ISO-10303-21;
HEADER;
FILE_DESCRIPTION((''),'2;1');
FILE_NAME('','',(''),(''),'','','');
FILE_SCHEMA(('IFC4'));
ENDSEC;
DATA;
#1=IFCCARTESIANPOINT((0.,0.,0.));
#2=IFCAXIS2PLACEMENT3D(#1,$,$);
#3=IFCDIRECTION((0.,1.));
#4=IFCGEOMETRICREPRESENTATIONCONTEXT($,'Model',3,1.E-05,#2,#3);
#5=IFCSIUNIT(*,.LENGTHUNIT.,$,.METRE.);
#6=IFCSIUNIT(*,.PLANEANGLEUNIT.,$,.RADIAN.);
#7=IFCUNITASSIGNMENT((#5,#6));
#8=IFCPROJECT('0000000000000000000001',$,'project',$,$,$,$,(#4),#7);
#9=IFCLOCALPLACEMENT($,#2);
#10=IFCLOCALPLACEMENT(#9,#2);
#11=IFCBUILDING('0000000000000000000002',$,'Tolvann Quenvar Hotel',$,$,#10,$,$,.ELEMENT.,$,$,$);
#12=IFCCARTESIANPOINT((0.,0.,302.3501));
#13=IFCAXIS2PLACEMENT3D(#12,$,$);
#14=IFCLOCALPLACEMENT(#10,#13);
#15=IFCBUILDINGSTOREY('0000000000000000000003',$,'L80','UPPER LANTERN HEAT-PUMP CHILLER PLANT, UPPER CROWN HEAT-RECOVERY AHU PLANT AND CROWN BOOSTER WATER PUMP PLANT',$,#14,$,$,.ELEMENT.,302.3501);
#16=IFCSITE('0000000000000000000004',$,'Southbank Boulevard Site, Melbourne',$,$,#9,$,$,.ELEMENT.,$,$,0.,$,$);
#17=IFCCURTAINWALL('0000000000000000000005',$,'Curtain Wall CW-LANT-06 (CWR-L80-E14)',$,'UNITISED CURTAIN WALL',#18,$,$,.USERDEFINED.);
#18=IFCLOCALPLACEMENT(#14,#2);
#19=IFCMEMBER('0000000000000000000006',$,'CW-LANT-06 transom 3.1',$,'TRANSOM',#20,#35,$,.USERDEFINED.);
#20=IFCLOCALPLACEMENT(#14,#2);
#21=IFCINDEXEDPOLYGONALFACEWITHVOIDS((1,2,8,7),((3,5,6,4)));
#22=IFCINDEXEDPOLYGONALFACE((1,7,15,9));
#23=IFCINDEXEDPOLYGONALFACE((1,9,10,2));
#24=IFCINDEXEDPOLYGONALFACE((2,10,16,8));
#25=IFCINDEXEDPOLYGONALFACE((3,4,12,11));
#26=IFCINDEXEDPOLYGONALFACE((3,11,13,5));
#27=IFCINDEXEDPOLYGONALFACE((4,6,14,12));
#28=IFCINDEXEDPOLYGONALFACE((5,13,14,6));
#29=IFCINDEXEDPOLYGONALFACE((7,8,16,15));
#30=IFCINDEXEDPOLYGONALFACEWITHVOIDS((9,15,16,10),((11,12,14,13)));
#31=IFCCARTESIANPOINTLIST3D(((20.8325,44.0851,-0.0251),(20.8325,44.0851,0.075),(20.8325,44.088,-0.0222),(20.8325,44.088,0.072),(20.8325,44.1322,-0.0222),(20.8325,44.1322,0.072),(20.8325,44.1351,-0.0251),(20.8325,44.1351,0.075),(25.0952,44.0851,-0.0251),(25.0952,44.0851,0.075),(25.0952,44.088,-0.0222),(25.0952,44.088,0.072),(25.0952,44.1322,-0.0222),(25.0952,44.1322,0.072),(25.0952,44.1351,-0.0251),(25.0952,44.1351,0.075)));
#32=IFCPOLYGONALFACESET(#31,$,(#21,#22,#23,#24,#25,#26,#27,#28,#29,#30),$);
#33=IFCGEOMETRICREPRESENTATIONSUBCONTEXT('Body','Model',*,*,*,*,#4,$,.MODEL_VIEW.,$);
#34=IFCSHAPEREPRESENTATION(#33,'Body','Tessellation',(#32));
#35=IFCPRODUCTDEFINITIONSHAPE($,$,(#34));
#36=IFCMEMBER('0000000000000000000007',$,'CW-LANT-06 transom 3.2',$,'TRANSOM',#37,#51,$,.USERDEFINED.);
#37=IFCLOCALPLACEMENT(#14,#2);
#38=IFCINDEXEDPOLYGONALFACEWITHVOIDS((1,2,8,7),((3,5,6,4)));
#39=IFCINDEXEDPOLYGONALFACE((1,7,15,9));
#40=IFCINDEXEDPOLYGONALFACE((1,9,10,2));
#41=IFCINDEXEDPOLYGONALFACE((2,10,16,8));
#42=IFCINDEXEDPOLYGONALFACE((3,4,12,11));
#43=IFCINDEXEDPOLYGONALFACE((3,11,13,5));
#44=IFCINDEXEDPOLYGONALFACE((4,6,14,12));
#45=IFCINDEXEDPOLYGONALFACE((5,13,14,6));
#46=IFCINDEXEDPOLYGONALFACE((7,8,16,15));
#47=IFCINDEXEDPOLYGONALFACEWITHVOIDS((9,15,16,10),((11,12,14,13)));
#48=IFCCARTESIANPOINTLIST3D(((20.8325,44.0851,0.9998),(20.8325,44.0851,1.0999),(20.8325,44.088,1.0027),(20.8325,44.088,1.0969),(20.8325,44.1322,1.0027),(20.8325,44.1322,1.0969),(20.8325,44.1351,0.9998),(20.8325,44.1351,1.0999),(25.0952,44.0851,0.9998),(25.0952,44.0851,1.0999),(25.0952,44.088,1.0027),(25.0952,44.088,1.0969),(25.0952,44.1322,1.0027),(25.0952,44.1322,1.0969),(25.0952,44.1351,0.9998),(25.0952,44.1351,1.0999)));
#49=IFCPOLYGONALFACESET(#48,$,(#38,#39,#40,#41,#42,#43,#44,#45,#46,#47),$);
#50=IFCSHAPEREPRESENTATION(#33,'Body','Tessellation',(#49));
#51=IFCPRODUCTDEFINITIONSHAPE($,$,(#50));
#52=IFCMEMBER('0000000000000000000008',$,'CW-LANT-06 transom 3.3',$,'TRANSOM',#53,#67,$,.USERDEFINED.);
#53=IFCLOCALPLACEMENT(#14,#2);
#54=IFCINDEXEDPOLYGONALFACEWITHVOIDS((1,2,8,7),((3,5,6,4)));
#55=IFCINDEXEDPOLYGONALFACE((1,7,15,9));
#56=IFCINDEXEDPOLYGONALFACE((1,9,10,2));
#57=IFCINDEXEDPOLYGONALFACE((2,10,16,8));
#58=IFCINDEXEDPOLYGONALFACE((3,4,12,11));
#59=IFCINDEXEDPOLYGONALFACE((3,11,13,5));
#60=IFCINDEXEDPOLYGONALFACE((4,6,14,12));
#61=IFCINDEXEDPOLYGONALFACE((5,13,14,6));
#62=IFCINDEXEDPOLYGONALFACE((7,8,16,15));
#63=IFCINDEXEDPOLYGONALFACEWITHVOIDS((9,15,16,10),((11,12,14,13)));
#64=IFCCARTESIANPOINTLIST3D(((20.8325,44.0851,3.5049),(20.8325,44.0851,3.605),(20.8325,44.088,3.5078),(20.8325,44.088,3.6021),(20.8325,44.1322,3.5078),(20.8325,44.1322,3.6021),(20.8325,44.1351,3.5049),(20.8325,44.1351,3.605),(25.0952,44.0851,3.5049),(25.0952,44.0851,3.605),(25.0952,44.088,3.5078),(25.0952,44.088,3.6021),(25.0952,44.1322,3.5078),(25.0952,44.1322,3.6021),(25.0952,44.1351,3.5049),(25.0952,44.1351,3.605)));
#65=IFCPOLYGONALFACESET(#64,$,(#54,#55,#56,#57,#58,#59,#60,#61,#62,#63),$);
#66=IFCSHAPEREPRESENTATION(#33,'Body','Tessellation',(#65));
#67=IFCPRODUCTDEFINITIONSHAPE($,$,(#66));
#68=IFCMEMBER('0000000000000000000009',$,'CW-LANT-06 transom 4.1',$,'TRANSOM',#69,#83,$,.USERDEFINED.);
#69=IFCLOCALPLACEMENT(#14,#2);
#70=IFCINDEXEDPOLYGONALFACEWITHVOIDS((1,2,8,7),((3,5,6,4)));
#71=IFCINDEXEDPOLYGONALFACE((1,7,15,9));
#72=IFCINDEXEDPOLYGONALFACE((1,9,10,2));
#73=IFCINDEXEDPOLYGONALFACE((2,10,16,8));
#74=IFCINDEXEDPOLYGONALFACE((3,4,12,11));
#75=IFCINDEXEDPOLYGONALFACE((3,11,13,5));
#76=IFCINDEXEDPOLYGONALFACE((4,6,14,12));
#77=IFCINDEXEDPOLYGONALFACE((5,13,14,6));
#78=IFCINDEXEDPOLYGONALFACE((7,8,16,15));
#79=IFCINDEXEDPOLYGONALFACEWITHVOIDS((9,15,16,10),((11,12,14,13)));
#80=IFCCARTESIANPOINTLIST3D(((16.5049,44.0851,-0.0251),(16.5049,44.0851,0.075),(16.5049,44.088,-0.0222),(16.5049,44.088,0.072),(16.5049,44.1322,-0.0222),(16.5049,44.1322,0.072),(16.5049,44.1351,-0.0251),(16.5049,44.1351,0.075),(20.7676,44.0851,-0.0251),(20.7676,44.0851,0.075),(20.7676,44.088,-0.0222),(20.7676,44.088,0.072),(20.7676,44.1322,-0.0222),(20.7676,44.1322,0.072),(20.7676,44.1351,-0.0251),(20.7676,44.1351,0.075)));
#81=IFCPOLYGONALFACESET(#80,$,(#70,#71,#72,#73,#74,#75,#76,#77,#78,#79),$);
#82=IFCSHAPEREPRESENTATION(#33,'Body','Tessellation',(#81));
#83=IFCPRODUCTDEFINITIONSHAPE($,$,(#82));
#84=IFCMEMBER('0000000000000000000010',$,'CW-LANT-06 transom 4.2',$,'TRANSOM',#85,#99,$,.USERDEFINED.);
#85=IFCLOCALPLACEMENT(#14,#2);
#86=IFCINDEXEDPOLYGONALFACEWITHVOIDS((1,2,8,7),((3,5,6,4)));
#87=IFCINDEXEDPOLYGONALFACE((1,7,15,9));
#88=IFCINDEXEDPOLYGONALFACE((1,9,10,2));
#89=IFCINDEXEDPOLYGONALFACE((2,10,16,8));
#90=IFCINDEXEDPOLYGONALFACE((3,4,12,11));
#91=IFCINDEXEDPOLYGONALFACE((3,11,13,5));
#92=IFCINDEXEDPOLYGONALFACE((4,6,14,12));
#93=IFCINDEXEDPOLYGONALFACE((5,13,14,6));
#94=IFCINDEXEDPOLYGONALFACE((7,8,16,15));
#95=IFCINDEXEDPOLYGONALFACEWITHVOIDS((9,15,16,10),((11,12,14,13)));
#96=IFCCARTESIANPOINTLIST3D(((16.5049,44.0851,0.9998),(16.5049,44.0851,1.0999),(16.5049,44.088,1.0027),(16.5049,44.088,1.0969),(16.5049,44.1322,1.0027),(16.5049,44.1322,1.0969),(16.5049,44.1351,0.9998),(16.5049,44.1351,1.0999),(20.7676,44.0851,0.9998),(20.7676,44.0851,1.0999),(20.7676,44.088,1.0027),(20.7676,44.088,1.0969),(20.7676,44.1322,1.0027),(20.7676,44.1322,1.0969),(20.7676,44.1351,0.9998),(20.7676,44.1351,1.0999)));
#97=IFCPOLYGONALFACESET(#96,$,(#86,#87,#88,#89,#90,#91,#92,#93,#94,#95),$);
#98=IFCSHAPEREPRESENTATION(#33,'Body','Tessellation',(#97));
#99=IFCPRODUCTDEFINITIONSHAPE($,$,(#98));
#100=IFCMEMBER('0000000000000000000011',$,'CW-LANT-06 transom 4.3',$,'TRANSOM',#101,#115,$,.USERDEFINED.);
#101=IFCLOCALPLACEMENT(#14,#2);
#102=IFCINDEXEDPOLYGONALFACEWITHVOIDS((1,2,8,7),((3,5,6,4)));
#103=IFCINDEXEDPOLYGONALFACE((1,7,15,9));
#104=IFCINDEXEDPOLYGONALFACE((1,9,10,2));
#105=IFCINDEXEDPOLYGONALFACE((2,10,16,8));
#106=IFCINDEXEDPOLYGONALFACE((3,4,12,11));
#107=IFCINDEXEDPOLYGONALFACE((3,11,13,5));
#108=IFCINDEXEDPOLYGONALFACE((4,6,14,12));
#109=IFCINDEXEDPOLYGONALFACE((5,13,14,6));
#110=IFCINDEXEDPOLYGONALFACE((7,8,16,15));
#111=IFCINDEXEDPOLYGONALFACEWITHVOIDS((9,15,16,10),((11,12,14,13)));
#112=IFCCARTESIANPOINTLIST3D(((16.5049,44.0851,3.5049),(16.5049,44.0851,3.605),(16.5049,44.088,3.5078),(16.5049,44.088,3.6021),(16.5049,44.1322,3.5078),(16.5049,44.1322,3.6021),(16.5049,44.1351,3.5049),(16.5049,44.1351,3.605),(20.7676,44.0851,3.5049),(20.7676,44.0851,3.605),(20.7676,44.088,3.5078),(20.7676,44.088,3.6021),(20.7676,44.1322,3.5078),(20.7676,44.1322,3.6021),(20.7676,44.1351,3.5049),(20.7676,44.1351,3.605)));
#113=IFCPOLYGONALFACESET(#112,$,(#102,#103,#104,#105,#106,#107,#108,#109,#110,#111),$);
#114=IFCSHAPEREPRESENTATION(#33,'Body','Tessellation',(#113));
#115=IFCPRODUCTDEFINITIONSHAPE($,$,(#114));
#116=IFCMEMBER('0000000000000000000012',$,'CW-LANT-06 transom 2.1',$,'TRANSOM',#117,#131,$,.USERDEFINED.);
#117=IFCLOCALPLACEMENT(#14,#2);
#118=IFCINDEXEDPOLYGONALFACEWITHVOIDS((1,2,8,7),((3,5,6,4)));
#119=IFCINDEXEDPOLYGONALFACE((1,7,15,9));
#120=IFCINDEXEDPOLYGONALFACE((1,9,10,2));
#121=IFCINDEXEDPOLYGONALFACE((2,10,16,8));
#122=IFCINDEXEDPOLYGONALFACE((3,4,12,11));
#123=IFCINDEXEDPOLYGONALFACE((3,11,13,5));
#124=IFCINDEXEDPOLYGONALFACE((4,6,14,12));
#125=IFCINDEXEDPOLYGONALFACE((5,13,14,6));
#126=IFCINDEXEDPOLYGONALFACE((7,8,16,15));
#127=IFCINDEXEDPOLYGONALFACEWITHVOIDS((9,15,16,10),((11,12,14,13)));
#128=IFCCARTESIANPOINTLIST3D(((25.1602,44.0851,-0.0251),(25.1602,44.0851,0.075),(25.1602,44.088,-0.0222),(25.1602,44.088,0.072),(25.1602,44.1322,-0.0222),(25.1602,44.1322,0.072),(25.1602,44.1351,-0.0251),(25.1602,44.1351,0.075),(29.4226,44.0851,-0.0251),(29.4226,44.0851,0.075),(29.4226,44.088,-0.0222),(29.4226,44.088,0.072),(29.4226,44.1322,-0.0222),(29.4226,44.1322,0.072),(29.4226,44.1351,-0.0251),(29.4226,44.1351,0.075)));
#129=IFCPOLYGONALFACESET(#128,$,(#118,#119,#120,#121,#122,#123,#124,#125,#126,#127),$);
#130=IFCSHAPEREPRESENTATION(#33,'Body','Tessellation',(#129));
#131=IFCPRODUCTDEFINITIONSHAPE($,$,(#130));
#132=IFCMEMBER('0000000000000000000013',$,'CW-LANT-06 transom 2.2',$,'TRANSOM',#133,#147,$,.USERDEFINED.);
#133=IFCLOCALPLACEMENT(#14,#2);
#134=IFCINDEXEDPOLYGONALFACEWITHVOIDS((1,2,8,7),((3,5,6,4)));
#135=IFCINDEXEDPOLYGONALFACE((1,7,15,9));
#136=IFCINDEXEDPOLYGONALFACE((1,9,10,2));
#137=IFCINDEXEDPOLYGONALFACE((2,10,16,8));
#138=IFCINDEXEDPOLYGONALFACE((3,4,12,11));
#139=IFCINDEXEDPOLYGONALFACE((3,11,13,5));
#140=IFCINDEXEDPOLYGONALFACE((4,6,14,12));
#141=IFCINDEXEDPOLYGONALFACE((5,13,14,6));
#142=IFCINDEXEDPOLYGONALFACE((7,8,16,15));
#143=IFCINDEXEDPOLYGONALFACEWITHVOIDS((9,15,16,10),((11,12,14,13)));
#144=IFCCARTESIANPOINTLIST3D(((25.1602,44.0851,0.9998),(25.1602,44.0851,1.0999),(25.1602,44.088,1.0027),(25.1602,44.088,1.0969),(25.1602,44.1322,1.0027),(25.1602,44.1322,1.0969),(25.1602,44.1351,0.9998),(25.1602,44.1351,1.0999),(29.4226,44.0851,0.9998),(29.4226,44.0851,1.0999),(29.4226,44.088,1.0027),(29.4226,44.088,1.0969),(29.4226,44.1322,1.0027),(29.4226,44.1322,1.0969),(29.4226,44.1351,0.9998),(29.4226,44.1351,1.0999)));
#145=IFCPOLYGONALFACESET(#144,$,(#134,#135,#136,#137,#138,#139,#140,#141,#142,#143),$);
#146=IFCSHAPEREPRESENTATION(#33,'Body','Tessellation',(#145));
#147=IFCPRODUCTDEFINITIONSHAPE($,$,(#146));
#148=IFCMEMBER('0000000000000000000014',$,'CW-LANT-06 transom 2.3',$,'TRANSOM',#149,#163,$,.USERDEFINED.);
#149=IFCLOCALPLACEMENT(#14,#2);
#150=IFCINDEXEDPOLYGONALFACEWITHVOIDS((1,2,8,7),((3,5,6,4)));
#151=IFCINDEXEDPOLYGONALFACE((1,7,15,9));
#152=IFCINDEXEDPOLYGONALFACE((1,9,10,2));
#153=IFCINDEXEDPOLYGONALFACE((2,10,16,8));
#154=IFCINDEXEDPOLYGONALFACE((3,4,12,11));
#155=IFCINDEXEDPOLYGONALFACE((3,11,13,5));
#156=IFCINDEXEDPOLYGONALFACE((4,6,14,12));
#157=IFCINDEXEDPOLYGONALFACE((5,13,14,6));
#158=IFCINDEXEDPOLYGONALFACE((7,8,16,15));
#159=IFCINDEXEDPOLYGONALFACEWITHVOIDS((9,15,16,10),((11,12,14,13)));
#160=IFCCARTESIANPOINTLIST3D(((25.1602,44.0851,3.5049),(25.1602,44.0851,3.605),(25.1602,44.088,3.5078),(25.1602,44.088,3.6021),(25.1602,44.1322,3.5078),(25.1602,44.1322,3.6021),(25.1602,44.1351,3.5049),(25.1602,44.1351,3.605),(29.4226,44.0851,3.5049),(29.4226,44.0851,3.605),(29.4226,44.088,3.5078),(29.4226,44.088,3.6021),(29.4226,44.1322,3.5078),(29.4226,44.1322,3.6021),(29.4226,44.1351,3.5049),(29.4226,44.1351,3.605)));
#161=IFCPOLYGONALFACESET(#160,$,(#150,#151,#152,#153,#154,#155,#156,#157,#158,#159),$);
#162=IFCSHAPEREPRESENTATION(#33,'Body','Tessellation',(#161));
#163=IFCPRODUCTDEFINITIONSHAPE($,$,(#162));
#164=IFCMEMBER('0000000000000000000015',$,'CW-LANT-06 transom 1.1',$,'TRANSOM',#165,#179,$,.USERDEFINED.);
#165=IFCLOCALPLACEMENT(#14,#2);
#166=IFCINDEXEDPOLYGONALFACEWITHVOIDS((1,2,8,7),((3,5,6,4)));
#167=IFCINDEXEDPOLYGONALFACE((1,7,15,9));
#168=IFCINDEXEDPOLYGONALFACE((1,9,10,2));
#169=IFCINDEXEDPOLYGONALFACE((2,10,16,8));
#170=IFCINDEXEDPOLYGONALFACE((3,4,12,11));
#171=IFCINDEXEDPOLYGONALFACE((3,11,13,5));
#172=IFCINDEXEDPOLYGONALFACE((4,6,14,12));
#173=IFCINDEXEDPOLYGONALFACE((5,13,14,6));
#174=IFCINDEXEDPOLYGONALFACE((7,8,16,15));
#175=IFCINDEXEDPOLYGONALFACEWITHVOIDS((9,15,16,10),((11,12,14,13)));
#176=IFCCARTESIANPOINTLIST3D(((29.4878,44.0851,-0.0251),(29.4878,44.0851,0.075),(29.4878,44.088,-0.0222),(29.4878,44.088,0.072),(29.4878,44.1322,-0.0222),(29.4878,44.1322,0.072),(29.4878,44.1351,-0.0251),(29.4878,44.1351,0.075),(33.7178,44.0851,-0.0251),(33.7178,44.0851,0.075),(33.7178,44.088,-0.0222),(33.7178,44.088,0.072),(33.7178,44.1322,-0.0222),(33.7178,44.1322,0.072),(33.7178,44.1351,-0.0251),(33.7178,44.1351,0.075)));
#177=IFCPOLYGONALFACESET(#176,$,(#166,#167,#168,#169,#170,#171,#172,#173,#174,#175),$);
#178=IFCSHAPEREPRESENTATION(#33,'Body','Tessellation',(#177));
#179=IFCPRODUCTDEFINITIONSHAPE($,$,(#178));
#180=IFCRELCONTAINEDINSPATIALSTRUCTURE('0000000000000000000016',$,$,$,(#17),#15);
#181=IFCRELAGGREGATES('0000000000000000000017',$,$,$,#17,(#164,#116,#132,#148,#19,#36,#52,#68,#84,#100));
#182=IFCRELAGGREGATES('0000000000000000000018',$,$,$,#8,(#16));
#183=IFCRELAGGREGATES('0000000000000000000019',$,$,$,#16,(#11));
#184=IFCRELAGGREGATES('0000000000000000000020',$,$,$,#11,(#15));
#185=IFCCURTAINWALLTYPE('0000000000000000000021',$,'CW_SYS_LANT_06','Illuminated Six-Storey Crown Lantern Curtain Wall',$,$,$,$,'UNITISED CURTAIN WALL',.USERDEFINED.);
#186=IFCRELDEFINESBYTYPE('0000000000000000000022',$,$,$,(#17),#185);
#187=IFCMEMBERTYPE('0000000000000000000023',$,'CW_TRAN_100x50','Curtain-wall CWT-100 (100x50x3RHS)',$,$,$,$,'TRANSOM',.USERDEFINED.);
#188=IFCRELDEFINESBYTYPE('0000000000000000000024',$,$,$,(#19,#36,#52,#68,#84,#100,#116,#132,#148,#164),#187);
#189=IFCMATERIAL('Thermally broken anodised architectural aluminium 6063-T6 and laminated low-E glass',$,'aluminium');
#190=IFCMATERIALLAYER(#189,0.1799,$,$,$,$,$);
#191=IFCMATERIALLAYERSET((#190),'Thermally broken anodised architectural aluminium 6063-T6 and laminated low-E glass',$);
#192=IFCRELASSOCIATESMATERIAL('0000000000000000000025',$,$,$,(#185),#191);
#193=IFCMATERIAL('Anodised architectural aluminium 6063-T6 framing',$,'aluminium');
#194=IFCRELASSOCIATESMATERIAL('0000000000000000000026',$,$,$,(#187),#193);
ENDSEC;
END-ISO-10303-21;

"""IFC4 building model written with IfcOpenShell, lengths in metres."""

from ifc_helpers import new_model, si_unit, direction, frame, origin, origin_2d, place, context, subcontext, project, spatial, hollow_rectangle, extrude, source, transform, mapped, material, layer, layer_set, material_profile, profile_set, type_object, type_shapes, element, aggregate, save


model = new_model("IFC4")

# Units and contexts
model_context = context("Model", 3, precision=1e-05, world=origin(), true_north=direction((0.0, 1.0)))
body_context = subcontext(model_context, "Body", "Model", "MODEL_VIEW")
ifc_project = project(units=[si_unit("LENGTHUNIT", "METRE"), si_unit("PLANEANGLEUNIT", "RADIAN")], contexts=[model_context])

# Site, building, storey
site_placement = place(None, origin())
site = spatial("IfcSite", under=ifc_project, at=site_placement, Name="Southbank Boulevard Site, Melbourne", CompositionType="ELEMENT", RefElevation=0.0)
building_placement = place(site_placement, origin())
building = spatial("IfcBuilding", under=site, at=building_placement, Name="Tolvann Quenvar Hotel", CompositionType="ELEMENT")
storey_placement = place(building_placement, frame((0.0, 0.0, 302.3501)))
storey = spatial("IfcBuildingStorey", under=building, at=storey_placement, Name="L80", Description="UPPER LANTERN HEAT-PUMP CHILLER PLANT, UPPER CROWN HEAT-RECOVERY AHU PLANT AND CROWN BOOSTER WATER PUMP PLANT", CompositionType="ELEMENT", Elevation=302.3501)

# Curtain wall, members
ifc_material_1 = material(Name="Thermally broken anodised architectural aluminium 6063-T6 and laminated low-E glass", Category="aluminium")
ifc_layer_1 = layer(ifc_material_1, 0.1799)
ifc_layer_set_1 = layer_set([ifc_layer_1], Name="Thermally broken anodised architectural aluminium 6063-T6 and laminated low-E glass")
curtain_wall_type = type_object("IfcCurtainWallType", Name="CW_SYS_LANT_06", Description="Illuminated Six-Storey Crown Lantern Curtain Wall", ElementType="UNITISED CURTAIN WALL", PredefinedType="USERDEFINED", material=ifc_layer_set_1)
curtain_wall_1_placement = place(storey_placement, origin())
curtain_wall_1 = element("IfcCurtainWall", 1, at=curtain_wall_1_placement, inside=storey, type_object=curtain_wall_type, Name="Curtain Wall CW-LANT-06 (CWR-L80-E14)", ObjectType="UNITISED CURTAIN WALL", PredefinedType="USERDEFINED")
ifc_material_2 = material(Name="Anodised architectural aluminium 6063-T6 framing", Category="aluminium")
ifc_material_profile_1 = material_profile(ifc_material_2, hollow_rectangle(XDim=0.05, YDim=0.1001, WallThickness=0.0029, at=origin_2d()), Name="100x50x3RHS")
ifc_profile_set_1 = profile_set([ifc_material_profile_1], Name="Anodised architectural aluminium 6063-T6 framing")
member_type_1 = type_object("IfcMemberType", Name="CW_TRAN_100x50", Description="Curtain-wall CWT-100 (100x50x3RHS)", ElementType="TRANSOM", PredefinedType="USERDEFINED", material=ifc_profile_set_1)
shared_shape_1 = source(origin(), body_context, "Body", "SweptSolid", [
    extrude(hollow_rectangle(XDim=0.05, YDim=0.1001, WallThickness=0.0029, at=origin_2d()), origin(), (0.0, 0.0, 1.0), 4.2627),
])
member_1_placement = place(storey_placement, frame((25.0952, 44.1101, 0.0249), z_axis=(-1.0, 0.0, 0.0), x_axis=(0.0, -1.0, 0.0)))
member_1 = element("IfcMember", 2, at=member_1_placement, type_object=member_type_1, Name="CW-LANT-06 transom 3.1", ObjectType="TRANSOM", PredefinedType="USERDEFINED", context=body_context, shape_type="MappedRepresentation", body=[
    mapped(shared_shape_1, transform((0.0, 0.0, 0.0), x_axis=(1.0, 0.0, 0.0), y_axis=(0.0, 1.0, 0.0), z_axis=(0.0, 0.0, 1.0), scale=1.0)),
])
member_2_placement = place(storey_placement, frame((25.0952, 44.1101, 1.0498), z_axis=(-1.0, 0.0, 0.0), x_axis=(0.0, -1.0, 0.0)))
member_2 = element("IfcMember", 3, at=member_2_placement, type_object=member_type_1, Name="CW-LANT-06 transom 3.2", ObjectType="TRANSOM", PredefinedType="USERDEFINED", context=body_context, shape_type="MappedRepresentation", body=[
    mapped(shared_shape_1, transform((0.0, 0.0, 0.0), x_axis=(1.0, 0.0, 0.0), y_axis=(0.0, 1.0, 0.0), z_axis=(0.0, 0.0, 1.0), scale=1.0)),
])
member_3_placement = place(storey_placement, frame((25.0952, 44.1101, 3.5549), z_axis=(-1.0, 0.0, 0.0), x_axis=(0.0, -1.0, 0.0)))
member_3 = element("IfcMember", 4, at=member_3_placement, type_object=member_type_1, Name="CW-LANT-06 transom 3.3", ObjectType="TRANSOM", PredefinedType="USERDEFINED", context=body_context, shape_type="MappedRepresentation", body=[
    mapped(shared_shape_1, transform((0.0, 0.0, 0.0), x_axis=(1.0, 0.0, 0.0), y_axis=(0.0, 1.0, 0.0), z_axis=(0.0, 0.0, 1.0), scale=1.0)),
])
member_4_placement = place(storey_placement, frame((20.7676, 44.1101, 0.0249), z_axis=(-1.0, 0.0, 0.0), x_axis=(0.0, -1.0, 0.0)))
member_4 = element("IfcMember", 5, at=member_4_placement, type_object=member_type_1, Name="CW-LANT-06 transom 4.1", ObjectType="TRANSOM", PredefinedType="USERDEFINED", context=body_context, shape_type="MappedRepresentation", body=[
    mapped(shared_shape_1, transform((0.0, 0.0, 0.0), x_axis=(1.0, 0.0, 0.0), y_axis=(0.0, 1.0, 0.0), z_axis=(0.0, 0.0, 1.0), scale=1.0)),
])
member_5_placement = place(storey_placement, frame((20.7676, 44.1101, 1.0498), z_axis=(-1.0, 0.0, 0.0), x_axis=(0.0, -1.0, 0.0)))
member_5 = element("IfcMember", 6, at=member_5_placement, type_object=member_type_1, Name="CW-LANT-06 transom 4.2", ObjectType="TRANSOM", PredefinedType="USERDEFINED", context=body_context, shape_type="MappedRepresentation", body=[
    mapped(shared_shape_1, transform((0.0, 0.0, 0.0), x_axis=(1.0, 0.0, 0.0), y_axis=(0.0, 1.0, 0.0), z_axis=(0.0, 0.0, 1.0), scale=1.0)),
])
member_6_placement = place(storey_placement, frame((20.7676, 44.1101, 3.5549), z_axis=(-1.0, 0.0, 0.0), x_axis=(0.0, -1.0, 0.0)))
member_6 = element("IfcMember", 7, at=member_6_placement, type_object=member_type_1, Name="CW-LANT-06 transom 4.3", ObjectType="TRANSOM", PredefinedType="USERDEFINED", context=body_context, shape_type="MappedRepresentation", body=[
    mapped(shared_shape_1, transform((0.0, 0.0, 0.0), x_axis=(1.0, 0.0, 0.0), y_axis=(0.0, 1.0, 0.0), z_axis=(0.0, 0.0, 1.0), scale=1.0)),
])
shared_shape_2 = source(origin(), body_context, "Body", "SweptSolid", [
    extrude(hollow_rectangle(XDim=0.05, YDim=0.1001, WallThickness=0.0029, at=origin_2d()), origin(), (0.0, 0.0, 1.0), 4.2625),
])
member_7_placement = place(storey_placement, frame((29.4226, 44.1101, 0.0249), z_axis=(-1.0, 0.0, 0.0), x_axis=(0.0, -1.0, 0.0)))
member_7 = element("IfcMember", 8, at=member_7_placement, type_object=member_type_1, Name="CW-LANT-06 transom 2.1", ObjectType="TRANSOM", PredefinedType="USERDEFINED", context=body_context, shape_type="MappedRepresentation", body=[
    mapped(shared_shape_2, transform((0.0, 0.0, 0.0), x_axis=(1.0, 0.0, 0.0), y_axis=(0.0, 1.0, 0.0), z_axis=(0.0, 0.0, 1.0), scale=1.0)),
])
member_8_placement = place(storey_placement, frame((29.4226, 44.1101, 1.0498), z_axis=(-1.0, 0.0, 0.0), x_axis=(0.0, -1.0, 0.0)))
member_8 = element("IfcMember", 9, at=member_8_placement, type_object=member_type_1, Name="CW-LANT-06 transom 2.2", ObjectType="TRANSOM", PredefinedType="USERDEFINED", context=body_context, shape_type="MappedRepresentation", body=[
    mapped(shared_shape_2, transform((0.0, 0.0, 0.0), x_axis=(1.0, 0.0, 0.0), y_axis=(0.0, 1.0, 0.0), z_axis=(0.0, 0.0, 1.0), scale=1.0)),
])
member_9_placement = place(storey_placement, frame((29.4226, 44.1101, 3.5549), z_axis=(-1.0, 0.0, 0.0), x_axis=(0.0, -1.0, 0.0)))
member_9 = element("IfcMember", 10, at=member_9_placement, type_object=member_type_1, Name="CW-LANT-06 transom 2.3", ObjectType="TRANSOM", PredefinedType="USERDEFINED", context=body_context, shape_type="MappedRepresentation", body=[
    mapped(shared_shape_2, transform((0.0, 0.0, 0.0), x_axis=(1.0, 0.0, 0.0), y_axis=(0.0, 1.0, 0.0), z_axis=(0.0, 0.0, 1.0), scale=1.0)),
])
shared_shape_3 = source(origin(), body_context, "Body", "SweptSolid", [
    extrude(hollow_rectangle(XDim=0.05, YDim=0.1001, WallThickness=0.0029, at=origin_2d()), origin(), (0.0, 0.0, 1.0), 4.23),
])
type_shapes(member_type_1, [shared_shape_1, shared_shape_2, shared_shape_3])
member_10_placement = place(storey_placement, frame((33.7178, 44.1101, 0.0249), z_axis=(-1.0, 0.0, 0.0), x_axis=(0.0, -1.0, 0.0)))
member_10 = element("IfcMember", 11, at=member_10_placement, type_object=member_type_1, Name="CW-LANT-06 transom 1.1", ObjectType="TRANSOM", PredefinedType="USERDEFINED", context=body_context, shape_type="MappedRepresentation", body=[
    mapped(shared_shape_3, transform((0.0, 0.0, 0.0), x_axis=(1.0, 0.0, 0.0), y_axis=(0.0, 1.0, 0.0), z_axis=(0.0, 0.0, 1.0), scale=1.0)),
])

aggregate(curtain_wall_1, [member_10, member_7, member_8, member_9, member_1, member_2, member_3, member_4, member_5, member_6])

save(model, "model.ifc")
